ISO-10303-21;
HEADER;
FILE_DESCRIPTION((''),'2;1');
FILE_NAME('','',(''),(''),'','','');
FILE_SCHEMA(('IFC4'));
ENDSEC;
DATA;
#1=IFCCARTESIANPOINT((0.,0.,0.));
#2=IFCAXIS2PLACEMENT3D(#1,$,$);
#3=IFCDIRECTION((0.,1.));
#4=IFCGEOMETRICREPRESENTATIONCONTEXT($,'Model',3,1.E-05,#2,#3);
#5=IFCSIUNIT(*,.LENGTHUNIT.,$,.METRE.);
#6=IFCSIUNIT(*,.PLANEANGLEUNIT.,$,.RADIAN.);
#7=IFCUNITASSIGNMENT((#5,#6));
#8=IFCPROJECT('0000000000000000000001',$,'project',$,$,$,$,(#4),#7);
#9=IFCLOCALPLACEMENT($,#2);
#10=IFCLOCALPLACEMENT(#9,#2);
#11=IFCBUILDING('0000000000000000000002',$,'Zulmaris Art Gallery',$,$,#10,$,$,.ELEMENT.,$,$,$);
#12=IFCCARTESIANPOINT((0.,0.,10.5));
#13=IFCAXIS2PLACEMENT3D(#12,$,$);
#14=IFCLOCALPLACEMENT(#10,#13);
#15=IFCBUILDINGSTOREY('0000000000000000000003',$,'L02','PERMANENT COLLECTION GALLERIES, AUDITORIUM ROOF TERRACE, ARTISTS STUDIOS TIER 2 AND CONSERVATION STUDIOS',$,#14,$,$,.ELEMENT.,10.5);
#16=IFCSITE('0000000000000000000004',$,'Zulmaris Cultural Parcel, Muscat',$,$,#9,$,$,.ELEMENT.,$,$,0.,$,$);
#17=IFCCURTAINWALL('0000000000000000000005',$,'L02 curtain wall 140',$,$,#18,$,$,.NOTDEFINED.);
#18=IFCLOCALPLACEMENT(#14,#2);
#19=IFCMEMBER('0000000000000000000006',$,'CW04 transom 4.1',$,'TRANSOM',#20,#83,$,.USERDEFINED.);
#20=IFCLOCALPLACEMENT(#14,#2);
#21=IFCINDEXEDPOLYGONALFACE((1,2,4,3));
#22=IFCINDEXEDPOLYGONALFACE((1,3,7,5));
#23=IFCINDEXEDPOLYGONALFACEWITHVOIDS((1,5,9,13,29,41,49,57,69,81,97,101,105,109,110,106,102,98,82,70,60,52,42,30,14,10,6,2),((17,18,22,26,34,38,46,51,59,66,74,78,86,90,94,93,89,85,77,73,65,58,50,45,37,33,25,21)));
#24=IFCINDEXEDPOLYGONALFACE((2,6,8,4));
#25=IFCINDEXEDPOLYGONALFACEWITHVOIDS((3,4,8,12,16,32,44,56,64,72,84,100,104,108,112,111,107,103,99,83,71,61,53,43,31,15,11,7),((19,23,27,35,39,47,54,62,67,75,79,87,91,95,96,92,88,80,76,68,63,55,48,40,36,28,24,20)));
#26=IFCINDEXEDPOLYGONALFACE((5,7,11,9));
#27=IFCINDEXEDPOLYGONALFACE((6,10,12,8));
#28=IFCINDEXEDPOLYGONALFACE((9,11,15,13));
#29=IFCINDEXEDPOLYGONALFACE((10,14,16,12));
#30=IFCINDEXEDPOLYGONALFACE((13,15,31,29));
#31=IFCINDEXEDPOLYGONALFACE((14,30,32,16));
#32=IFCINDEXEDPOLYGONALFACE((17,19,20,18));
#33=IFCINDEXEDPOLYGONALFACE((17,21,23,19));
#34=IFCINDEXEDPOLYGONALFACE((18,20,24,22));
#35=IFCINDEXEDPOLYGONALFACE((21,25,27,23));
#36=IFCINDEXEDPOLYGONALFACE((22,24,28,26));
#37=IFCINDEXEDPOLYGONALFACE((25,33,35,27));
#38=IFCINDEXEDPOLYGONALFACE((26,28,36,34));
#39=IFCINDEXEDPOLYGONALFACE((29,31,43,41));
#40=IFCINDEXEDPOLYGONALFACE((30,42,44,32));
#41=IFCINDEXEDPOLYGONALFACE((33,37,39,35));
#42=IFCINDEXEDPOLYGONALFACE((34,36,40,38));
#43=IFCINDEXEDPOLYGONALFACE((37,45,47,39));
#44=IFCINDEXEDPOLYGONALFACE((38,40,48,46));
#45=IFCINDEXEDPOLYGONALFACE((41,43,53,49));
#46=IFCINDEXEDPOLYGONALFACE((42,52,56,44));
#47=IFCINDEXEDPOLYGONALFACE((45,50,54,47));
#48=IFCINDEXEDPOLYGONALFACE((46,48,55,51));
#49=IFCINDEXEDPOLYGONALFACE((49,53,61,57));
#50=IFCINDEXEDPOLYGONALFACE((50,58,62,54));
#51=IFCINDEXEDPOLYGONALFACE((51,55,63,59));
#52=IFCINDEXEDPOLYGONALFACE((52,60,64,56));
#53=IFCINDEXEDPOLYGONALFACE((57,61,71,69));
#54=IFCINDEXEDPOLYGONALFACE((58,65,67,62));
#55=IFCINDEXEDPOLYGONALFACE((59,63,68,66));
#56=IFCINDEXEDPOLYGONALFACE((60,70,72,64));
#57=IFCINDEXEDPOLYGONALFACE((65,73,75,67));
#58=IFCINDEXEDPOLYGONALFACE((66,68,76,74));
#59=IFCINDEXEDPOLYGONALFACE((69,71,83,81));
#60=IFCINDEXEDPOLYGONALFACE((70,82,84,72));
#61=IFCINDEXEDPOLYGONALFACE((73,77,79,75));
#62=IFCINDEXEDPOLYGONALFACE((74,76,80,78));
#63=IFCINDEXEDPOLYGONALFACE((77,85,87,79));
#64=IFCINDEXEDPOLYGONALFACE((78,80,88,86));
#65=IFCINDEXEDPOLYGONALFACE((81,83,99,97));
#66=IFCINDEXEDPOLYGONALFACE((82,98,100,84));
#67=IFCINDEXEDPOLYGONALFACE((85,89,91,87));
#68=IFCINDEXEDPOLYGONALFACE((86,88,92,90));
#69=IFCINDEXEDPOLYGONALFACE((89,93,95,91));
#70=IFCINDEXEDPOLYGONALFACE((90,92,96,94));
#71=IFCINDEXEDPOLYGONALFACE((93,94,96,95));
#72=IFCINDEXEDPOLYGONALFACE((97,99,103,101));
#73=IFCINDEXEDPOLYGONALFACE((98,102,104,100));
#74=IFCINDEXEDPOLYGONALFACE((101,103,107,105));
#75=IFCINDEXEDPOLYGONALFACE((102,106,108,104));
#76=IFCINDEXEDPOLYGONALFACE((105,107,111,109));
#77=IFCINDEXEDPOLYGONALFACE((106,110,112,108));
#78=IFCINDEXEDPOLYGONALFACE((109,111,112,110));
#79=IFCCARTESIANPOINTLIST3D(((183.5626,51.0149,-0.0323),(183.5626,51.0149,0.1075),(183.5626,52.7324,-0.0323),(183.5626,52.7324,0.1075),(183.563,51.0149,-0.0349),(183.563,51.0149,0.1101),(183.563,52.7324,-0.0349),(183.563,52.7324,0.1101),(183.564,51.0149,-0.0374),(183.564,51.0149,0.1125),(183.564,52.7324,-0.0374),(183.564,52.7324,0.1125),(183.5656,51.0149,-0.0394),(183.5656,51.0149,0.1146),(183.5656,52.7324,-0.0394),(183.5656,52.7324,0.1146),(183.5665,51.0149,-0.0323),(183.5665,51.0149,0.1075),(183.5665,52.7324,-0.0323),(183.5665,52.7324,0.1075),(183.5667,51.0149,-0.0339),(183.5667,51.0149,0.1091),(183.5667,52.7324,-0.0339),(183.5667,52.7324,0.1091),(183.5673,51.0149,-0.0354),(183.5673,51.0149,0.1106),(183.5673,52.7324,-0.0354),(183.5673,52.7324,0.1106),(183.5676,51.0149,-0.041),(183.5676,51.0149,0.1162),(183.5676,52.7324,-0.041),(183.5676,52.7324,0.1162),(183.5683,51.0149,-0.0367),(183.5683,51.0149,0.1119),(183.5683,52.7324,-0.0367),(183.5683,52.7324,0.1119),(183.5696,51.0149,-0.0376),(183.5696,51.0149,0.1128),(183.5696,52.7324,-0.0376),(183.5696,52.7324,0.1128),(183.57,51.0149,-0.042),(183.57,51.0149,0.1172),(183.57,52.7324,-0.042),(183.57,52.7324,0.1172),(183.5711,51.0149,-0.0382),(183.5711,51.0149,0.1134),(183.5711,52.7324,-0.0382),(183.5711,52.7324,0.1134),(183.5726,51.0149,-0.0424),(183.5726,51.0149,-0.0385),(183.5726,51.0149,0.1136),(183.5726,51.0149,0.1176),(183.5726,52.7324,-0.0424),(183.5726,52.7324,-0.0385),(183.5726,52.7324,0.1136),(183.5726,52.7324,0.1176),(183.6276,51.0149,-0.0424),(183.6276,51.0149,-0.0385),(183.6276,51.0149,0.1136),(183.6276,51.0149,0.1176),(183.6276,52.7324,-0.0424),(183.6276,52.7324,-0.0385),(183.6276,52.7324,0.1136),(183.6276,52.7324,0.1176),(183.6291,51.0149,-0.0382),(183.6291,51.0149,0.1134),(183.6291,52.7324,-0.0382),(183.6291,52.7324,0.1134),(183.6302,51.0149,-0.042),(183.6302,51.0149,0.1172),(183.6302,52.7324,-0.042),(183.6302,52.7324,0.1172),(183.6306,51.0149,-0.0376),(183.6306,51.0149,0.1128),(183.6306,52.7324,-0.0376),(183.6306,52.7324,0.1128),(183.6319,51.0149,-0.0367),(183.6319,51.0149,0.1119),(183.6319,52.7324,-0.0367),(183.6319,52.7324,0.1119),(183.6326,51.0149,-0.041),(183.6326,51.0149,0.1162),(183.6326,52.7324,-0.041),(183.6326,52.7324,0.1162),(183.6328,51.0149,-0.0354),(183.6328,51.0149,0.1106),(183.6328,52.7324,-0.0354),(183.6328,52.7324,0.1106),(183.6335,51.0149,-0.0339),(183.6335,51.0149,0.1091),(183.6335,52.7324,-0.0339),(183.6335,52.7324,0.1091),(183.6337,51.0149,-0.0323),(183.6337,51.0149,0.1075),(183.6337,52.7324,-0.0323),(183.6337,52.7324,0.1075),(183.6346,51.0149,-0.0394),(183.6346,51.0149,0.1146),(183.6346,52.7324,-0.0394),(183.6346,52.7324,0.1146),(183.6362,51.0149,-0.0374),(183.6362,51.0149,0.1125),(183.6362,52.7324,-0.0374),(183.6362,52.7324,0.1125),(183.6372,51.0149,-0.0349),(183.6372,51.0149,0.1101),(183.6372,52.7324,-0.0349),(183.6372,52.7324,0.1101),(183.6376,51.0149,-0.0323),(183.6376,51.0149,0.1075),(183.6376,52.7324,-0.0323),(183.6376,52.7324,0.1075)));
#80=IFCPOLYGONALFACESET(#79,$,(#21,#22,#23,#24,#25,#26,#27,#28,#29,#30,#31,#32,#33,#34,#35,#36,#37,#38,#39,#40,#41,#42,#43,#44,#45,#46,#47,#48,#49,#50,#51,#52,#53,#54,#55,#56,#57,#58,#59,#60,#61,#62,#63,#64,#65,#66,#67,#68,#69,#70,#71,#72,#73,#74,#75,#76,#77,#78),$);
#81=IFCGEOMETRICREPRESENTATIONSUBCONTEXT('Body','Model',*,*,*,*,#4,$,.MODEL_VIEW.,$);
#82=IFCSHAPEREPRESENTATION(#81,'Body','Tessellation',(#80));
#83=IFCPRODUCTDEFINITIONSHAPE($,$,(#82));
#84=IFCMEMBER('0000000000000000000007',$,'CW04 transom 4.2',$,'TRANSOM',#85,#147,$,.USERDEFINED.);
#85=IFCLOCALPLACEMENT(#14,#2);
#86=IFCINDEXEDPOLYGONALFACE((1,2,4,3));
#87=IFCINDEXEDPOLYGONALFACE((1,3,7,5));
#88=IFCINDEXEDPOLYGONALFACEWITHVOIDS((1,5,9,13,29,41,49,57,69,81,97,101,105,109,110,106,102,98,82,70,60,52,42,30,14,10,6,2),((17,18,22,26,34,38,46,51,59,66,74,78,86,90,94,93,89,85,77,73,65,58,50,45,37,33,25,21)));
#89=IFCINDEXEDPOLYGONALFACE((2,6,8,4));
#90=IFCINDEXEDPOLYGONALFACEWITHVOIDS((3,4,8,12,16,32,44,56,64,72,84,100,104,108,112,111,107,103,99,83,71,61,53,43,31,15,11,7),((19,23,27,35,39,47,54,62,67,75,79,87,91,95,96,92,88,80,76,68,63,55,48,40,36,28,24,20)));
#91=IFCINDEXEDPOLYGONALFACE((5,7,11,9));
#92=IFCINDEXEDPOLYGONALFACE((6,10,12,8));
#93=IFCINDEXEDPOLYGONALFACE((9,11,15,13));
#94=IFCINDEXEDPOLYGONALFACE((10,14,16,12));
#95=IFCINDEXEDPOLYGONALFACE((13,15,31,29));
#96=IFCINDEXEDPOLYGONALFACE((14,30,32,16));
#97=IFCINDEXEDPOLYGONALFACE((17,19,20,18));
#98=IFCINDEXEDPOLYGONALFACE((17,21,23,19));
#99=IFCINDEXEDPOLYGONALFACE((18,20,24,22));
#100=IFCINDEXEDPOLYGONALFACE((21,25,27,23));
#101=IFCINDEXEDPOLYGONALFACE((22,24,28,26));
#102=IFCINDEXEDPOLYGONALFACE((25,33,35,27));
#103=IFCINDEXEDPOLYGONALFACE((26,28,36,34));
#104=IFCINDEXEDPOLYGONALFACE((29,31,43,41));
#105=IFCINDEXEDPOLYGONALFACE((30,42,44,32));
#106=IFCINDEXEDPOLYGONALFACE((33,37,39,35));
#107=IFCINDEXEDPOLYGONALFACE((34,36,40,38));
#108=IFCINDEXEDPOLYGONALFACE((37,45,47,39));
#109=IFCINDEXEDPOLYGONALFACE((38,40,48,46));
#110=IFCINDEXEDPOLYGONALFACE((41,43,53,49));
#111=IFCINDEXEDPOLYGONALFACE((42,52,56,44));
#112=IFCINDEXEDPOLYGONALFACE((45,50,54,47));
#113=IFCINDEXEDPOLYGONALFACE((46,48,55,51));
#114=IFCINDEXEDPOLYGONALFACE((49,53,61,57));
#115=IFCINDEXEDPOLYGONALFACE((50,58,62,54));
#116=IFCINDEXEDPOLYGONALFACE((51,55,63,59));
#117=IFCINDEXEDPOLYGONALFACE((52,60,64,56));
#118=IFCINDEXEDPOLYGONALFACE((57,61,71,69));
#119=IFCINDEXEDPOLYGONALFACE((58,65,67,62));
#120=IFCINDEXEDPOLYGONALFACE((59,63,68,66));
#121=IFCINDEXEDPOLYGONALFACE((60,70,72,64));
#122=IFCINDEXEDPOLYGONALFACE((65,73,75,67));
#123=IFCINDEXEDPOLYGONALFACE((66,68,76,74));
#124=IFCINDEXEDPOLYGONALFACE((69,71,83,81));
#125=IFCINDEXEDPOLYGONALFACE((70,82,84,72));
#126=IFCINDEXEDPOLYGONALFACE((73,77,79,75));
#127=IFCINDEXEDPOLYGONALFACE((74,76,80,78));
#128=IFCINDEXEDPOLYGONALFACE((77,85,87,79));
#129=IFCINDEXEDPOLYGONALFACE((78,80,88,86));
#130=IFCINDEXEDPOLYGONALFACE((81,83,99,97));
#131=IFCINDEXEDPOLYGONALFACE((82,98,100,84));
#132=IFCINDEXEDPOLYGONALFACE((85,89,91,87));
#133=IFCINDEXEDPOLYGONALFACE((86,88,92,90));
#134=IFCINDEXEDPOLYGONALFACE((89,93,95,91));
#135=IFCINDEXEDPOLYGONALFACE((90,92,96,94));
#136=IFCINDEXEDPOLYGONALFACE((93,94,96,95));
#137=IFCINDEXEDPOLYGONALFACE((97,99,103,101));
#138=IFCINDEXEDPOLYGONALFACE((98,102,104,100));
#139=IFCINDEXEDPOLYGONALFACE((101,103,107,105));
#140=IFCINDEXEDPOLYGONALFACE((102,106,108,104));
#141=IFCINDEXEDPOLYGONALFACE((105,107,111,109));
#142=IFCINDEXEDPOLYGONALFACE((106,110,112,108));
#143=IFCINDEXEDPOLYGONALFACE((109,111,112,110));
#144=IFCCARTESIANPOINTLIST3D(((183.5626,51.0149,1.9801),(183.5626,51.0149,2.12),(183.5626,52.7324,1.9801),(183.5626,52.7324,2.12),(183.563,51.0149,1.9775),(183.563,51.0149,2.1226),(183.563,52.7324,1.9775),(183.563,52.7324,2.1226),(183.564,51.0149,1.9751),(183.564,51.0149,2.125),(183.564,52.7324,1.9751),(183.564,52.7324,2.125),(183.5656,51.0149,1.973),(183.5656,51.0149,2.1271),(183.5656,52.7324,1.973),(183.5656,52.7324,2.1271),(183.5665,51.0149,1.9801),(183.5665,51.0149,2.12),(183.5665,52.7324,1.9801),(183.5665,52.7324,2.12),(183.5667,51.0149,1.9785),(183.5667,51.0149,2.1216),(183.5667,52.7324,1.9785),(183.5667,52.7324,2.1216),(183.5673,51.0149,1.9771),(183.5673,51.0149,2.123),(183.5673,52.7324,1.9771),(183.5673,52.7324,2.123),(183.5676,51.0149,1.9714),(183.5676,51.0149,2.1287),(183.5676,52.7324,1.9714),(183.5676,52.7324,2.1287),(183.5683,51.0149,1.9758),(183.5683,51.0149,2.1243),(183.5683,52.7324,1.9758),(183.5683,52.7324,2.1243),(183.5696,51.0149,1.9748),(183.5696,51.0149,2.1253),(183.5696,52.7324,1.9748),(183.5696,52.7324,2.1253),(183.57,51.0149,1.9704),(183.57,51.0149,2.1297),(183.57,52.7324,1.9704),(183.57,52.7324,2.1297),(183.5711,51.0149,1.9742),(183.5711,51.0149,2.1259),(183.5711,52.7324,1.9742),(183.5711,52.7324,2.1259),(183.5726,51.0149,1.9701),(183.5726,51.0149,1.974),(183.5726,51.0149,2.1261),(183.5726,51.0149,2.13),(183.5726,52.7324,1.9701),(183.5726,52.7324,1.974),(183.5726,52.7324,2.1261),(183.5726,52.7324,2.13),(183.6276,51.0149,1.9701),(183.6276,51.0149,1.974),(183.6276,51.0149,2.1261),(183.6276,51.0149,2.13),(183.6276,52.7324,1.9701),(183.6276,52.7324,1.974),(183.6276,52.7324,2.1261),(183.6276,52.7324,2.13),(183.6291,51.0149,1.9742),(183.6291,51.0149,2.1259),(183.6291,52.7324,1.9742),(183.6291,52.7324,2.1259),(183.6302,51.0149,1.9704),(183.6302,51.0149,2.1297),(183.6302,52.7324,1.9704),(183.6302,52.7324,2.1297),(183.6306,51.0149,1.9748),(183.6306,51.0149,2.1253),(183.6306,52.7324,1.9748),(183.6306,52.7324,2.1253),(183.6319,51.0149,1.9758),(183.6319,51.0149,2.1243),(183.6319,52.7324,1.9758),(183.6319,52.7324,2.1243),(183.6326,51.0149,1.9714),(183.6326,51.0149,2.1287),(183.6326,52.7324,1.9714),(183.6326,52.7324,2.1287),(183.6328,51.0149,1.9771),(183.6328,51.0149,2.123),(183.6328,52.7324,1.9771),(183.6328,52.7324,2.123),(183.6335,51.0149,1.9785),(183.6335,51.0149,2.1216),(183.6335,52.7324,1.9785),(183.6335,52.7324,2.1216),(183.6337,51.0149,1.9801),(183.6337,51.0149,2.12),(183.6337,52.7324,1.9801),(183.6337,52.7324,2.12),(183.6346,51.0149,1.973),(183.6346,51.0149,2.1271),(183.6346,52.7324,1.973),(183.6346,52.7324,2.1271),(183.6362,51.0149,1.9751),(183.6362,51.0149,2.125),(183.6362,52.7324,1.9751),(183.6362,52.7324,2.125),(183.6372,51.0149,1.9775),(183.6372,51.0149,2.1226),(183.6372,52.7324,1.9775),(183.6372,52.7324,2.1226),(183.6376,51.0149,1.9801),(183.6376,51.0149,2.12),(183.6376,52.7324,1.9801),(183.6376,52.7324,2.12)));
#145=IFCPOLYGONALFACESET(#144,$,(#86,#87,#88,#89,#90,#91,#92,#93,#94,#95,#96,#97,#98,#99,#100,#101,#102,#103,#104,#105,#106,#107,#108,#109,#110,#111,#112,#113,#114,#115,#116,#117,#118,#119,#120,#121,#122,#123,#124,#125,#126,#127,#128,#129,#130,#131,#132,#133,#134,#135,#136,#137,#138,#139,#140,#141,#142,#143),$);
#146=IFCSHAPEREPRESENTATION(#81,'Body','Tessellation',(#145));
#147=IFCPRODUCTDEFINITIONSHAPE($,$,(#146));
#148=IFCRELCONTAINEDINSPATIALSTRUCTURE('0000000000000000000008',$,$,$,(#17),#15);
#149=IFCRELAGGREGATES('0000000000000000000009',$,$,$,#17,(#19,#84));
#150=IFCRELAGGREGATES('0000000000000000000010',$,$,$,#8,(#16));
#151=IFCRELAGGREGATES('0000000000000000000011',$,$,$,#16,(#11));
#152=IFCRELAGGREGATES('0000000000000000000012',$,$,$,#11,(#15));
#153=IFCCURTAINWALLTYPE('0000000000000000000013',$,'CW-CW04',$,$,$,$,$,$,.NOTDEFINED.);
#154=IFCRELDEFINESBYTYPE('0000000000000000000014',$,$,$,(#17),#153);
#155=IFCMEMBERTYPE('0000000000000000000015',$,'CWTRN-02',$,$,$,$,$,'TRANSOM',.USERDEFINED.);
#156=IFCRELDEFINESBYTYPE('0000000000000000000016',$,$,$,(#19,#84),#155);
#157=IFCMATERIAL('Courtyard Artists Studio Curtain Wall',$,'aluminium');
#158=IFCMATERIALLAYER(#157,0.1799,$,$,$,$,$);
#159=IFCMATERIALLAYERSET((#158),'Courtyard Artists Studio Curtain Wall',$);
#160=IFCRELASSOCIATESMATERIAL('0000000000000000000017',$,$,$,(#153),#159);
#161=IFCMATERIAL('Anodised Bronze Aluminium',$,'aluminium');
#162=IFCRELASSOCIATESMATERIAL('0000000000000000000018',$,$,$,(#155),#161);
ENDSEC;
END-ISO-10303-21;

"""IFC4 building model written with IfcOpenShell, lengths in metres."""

from ifc_helpers import new_model, si_unit, direction, frame, origin, origin_2d, place, context, subcontext, project, spatial, hollow_rectangle, extrude, material, layer, layer_set, material_profile, profile_set, type_object, element, aggregate, save


model = new_model("IFC4")

# Units and contexts
model_context = context("Model", 3, precision=1e-05, world=origin(), true_north=direction((0.0, 1.0)))
body_context = subcontext(model_context, "Body", "Model", "MODEL_VIEW")
ifc_project = project(units=[si_unit("LENGTHUNIT", "METRE"), si_unit("PLANEANGLEUNIT", "RADIAN")], contexts=[model_context])

# Site, building, storey
site_placement = place(None, origin())
site = spatial("IfcSite", under=ifc_project, at=site_placement, Name="Zulmaris Cultural Parcel, Muscat", CompositionType="ELEMENT", RefElevation=0.0)
building_placement = place(site_placement, origin())
building = spatial("IfcBuilding", under=site, at=building_placement, Name="Zulmaris Art Gallery", CompositionType="ELEMENT")
storey_placement = place(building_placement, frame((0.0, 0.0, 10.5)))
storey = spatial("IfcBuildingStorey", under=building, at=storey_placement, Name="L02", Description="PERMANENT COLLECTION GALLERIES, AUDITORIUM ROOF TERRACE, ARTISTS STUDIOS TIER 2 AND CONSERVATION STUDIOS", CompositionType="ELEMENT", Elevation=10.5)

# Shared definitions
ifc_material_1 = material(Name="Courtyard Artists Studio Curtain Wall", Category="aluminium")
ifc_layer_1 = layer(ifc_material_1, 0.1799)
ifc_layer_set_1 = layer_set([ifc_layer_1], Name="Courtyard Artists Studio Curtain Wall")
curtain_wall_type = type_object("IfcCurtainWallType", Name="CW-CW04", PredefinedType="NOTDEFINED", material=ifc_layer_set_1)
ifc_material_2 = material(Name="Anodised Bronze Aluminium", Category="aluminium")

# Curtain wall
curtain_wall_1_placement = place(storey_placement, origin())
curtain_wall_1 = element("IfcCurtainWall", 1, at=curtain_wall_1_placement, inside=storey, type_object=curtain_wall_type, Name="L02 curtain wall 140", PredefinedType="NOTDEFINED")

# Members
ifc_material_profile_1 = material_profile(ifc_material_2, hollow_rectangle(XDim=0.075, YDim=0.1599, WallThickness=0.0039, InnerFilletRadius=0.0061, OuterFilletRadius=0.01, at=origin_2d()), Name="ALU 75x160x4")
ifc_profile_set_1 = profile_set([ifc_material_profile_1], Name="Anodised Bronze Aluminium")
member_type_1 = type_object("IfcMemberType", Name="CWTRN-02", ElementType="TRANSOM", PredefinedType="USERDEFINED", material=ifc_profile_set_1)
member_1_placement = place(storey_placement, frame((183.6001, 52.7324, 0.0376), z_axis=(0.0, -1.0, 0.0), x_axis=(1.0, 0.0, 0.0)))
member_1 = element("IfcMember", 2, at=member_1_placement, type_object=member_type_1, Name="CW04 transom 4.1", ObjectType="TRANSOM", PredefinedType="USERDEFINED", context=body_context, shape_type="SweptSolid", body=[
    extrude(hollow_rectangle(XDim=0.075, YDim=0.1599, WallThickness=0.0039, InnerFilletRadius=0.0061, OuterFilletRadius=0.01, at=origin_2d()), origin(), (0.0, 0.0, 1.0), 1.7175),
])
member_2_placement = place(storey_placement, frame((183.6001, 52.7324, 2.05), z_axis=(0.0, -1.0, 0.0), x_axis=(1.0, 0.0, 0.0)))
member_2 = element("IfcMember", 3, at=member_2_placement, type_object=member_type_1, Name="CW04 transom 4.2", ObjectType="TRANSOM", PredefinedType="USERDEFINED", context=body_context, shape_type="SweptSolid", body=[
    extrude(hollow_rectangle(XDim=0.075, YDim=0.1599, WallThickness=0.0039, InnerFilletRadius=0.0061, OuterFilletRadius=0.01, at=origin_2d()), origin(), (0.0, 0.0, 1.0), 1.7175),
])

aggregate(curtain_wall_1, [member_1, member_2])

save(model, "model.ifc")
